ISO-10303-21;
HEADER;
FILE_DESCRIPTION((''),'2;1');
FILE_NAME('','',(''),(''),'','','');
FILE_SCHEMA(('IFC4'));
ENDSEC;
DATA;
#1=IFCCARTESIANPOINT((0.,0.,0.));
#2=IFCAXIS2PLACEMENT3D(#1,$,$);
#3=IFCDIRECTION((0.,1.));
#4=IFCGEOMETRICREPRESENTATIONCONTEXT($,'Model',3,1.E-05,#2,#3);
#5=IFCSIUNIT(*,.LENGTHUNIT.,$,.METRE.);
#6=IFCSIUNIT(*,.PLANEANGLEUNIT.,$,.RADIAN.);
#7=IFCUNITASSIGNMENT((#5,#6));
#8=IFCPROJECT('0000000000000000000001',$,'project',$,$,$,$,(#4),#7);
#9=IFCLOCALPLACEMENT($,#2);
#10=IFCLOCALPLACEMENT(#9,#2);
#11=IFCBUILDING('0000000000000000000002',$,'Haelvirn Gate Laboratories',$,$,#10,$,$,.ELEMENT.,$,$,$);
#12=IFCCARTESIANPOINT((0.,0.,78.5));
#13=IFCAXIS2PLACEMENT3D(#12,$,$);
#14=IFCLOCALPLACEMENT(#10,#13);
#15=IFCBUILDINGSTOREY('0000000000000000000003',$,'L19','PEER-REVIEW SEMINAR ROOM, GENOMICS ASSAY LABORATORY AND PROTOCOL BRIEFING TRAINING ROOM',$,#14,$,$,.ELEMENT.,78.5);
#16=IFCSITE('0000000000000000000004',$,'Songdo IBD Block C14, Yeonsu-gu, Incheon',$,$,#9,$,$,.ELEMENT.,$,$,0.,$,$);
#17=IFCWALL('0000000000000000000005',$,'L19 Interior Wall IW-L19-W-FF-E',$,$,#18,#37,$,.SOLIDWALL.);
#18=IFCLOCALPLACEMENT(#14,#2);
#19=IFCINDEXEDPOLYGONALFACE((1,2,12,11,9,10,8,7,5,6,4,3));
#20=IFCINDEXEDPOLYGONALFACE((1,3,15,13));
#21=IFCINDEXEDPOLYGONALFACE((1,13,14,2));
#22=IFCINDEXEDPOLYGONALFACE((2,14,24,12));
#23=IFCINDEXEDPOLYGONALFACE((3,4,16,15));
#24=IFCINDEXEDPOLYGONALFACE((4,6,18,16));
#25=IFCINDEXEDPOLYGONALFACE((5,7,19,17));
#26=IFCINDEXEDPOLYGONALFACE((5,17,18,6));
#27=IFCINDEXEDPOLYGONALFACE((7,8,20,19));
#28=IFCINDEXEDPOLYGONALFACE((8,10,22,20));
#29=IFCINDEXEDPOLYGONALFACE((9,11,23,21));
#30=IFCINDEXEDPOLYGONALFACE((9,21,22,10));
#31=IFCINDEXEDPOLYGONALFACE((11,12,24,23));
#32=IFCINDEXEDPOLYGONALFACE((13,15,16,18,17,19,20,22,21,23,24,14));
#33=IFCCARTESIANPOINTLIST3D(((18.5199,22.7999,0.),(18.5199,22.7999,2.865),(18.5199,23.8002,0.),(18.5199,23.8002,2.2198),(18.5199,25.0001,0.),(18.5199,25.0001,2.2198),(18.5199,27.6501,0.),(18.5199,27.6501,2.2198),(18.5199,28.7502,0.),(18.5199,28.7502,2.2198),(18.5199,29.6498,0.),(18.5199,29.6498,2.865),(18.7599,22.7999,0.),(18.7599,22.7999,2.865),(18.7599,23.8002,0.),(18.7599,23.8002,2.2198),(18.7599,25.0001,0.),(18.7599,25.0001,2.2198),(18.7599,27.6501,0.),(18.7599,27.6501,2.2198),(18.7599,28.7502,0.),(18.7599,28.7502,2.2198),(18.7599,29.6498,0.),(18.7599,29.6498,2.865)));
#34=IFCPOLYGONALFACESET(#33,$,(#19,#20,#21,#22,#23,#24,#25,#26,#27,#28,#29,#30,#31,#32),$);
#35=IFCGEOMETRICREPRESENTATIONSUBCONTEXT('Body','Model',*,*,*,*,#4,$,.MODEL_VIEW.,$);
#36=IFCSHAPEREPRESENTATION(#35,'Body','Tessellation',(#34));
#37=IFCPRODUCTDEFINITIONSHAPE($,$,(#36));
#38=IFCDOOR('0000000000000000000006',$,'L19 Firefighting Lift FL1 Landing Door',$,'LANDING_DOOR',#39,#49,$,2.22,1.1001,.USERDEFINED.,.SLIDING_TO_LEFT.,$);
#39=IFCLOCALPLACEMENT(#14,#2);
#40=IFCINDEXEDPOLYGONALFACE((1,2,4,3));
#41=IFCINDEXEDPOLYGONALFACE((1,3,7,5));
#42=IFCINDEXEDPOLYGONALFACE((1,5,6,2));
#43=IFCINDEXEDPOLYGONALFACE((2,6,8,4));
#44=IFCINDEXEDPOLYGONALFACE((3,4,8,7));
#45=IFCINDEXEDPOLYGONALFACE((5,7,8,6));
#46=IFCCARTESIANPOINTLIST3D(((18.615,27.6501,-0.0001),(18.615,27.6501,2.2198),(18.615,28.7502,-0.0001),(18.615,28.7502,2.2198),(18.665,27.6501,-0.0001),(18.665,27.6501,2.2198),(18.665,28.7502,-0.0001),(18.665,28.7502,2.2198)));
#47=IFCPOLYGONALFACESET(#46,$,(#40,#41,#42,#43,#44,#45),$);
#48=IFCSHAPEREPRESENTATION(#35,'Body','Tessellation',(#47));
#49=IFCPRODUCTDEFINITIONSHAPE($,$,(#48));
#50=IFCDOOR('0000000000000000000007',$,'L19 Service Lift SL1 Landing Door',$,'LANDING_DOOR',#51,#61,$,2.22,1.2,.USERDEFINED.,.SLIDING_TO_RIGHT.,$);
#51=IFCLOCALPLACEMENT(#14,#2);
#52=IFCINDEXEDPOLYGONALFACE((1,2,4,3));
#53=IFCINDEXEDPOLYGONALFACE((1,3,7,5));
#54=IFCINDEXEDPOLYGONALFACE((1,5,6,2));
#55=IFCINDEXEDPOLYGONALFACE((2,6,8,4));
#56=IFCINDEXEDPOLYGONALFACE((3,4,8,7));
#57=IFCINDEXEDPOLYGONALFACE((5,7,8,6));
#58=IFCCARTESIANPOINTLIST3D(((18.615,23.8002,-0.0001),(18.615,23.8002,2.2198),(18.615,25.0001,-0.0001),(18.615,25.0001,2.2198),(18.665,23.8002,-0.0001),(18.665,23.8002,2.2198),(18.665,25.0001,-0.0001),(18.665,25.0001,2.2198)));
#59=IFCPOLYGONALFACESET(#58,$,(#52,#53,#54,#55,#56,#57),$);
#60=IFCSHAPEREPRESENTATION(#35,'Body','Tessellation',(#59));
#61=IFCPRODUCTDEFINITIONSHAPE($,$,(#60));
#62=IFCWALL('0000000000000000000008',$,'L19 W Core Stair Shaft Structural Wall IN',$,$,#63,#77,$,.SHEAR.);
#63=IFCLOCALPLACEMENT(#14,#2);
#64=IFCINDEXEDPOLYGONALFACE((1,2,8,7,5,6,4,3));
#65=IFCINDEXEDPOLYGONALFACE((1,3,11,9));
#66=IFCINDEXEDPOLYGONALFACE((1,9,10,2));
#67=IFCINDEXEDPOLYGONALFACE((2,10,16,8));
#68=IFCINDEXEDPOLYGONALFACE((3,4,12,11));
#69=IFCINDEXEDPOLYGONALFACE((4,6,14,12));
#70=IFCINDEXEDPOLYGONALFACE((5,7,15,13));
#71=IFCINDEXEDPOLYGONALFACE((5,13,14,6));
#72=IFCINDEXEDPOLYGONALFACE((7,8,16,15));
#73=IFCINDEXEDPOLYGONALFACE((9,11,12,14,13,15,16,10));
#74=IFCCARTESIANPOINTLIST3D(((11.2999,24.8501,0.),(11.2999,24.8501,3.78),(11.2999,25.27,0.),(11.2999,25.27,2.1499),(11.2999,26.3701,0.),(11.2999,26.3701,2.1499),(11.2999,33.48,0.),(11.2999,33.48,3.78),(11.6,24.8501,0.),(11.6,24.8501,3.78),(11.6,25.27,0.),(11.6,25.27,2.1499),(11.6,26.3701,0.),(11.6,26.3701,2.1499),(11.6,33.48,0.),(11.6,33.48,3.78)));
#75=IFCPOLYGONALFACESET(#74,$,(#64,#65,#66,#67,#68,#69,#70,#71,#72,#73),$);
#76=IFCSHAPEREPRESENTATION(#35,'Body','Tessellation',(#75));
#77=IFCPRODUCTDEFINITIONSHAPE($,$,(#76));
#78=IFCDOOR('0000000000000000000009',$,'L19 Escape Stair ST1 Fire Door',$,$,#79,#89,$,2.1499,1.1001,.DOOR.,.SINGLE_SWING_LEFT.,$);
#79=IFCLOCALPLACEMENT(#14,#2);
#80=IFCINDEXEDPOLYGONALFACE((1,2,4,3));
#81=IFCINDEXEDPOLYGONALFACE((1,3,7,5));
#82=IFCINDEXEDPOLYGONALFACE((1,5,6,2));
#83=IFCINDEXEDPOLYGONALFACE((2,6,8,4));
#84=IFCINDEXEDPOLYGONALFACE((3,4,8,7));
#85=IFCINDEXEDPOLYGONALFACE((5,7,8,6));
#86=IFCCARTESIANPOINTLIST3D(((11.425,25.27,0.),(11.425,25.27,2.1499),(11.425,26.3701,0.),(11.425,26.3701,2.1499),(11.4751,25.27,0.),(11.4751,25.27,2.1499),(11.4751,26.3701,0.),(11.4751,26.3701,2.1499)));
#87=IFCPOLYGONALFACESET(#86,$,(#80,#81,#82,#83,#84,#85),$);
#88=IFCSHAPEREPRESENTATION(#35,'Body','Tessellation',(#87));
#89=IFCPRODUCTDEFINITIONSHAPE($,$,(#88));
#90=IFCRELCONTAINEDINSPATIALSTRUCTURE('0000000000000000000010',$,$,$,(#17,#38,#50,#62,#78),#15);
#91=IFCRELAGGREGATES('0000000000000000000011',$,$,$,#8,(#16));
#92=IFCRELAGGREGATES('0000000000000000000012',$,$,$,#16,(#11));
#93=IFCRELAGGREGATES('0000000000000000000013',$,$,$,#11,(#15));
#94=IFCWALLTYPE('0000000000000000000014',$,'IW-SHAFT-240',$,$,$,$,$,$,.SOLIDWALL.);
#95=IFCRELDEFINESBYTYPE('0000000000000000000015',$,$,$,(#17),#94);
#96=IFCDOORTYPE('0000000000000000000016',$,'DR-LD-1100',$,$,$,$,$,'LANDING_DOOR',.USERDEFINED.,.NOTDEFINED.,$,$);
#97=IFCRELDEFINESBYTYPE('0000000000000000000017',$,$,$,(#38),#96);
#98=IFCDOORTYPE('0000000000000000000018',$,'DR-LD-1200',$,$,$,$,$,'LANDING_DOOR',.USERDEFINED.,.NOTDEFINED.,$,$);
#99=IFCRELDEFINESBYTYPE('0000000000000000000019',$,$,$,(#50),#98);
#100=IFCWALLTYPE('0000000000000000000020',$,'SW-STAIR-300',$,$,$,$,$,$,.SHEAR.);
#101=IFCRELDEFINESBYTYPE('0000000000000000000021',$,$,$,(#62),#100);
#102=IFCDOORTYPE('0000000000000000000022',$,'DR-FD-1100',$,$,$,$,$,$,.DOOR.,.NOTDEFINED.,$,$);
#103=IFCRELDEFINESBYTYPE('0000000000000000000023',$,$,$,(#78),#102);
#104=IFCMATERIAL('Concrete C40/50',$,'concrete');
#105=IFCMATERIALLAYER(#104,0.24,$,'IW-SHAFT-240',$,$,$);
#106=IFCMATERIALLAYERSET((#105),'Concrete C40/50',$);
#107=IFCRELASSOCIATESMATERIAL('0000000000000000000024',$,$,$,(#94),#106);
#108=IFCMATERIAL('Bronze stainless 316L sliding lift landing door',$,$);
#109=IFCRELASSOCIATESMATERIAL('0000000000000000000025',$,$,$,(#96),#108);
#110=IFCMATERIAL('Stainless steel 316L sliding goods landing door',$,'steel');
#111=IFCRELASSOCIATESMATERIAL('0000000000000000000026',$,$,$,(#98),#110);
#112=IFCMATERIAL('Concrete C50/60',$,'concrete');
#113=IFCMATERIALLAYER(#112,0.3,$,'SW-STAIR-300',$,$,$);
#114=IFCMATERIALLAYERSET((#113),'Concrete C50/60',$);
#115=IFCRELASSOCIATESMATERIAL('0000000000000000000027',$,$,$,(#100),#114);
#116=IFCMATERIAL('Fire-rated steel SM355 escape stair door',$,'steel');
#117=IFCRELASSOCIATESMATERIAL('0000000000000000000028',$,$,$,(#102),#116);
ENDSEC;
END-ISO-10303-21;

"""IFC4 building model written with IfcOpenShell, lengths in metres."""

from ifc_helpers import new_model, si_unit, direction, frame, frame_2d, origin, place, context, subcontext, project, spatial, rectangle, extrude, source, transform, mapped, material, layer, layer_set, type_object, type_shapes, element, fill, save


model = new_model("IFC4")

# Units and contexts
model_context = context("Model", 3, precision=1e-05, world=origin(), true_north=direction((0.0, 1.0)))
body_context = subcontext(model_context, "Body", "Model", "MODEL_VIEW")
ifc_project = project(units=[si_unit("LENGTHUNIT", "METRE"), si_unit("PLANEANGLEUNIT", "RADIAN")], contexts=[model_context])

# Site, building, storey
site_placement = place(None, origin())
site = spatial("IfcSite", under=ifc_project, at=site_placement, Name="Songdo IBD Block C14, Yeonsu-gu, Incheon", CompositionType="ELEMENT", RefElevation=0.0)
building_placement = place(site_placement, origin())
building = spatial("IfcBuilding", under=site, at=building_placement, Name="Haelvirn Gate Laboratories", CompositionType="ELEMENT")
storey_placement = place(building_placement, frame((0.0, 0.0, 78.5)))
storey = spatial("IfcBuildingStorey", under=building, at=storey_placement, Name="L19", Description="PEER-REVIEW SEMINAR ROOM, GENOMICS ASSAY LABORATORY AND PROTOCOL BRIEFING TRAINING ROOM", CompositionType="ELEMENT", Elevation=78.5)

# Shared definitions
ifc_material_1 = material(Name="Concrete C40/50", Category="concrete")

# Shared definitions
ifc_layer_1 = layer(ifc_material_1, 0.24, Name="IW-SHAFT-240")
ifc_layer_set_1 = layer_set([ifc_layer_1], Name="Concrete C40/50")
wall_type_1 = type_object("IfcWallType", Name="IW-SHAFT-240", PredefinedType="SOLIDWALL", material=ifc_layer_set_1)

# Wall, openings, doors
wall_1_placement = place(storey_placement, frame((18.6399, 22.8, 0.0), z_axis=(0.0, 0.0, 1.0), x_axis=(0.0, 1.0, 0.0)))
wall_1 = element("IfcWall", 1, at=wall_1_placement, inside=storey, type_object=wall_type_1, Name="L19 Interior Wall IW-L19-W-FF-E", PredefinedType="SOLIDWALL", context=body_context, shape_type="SweptSolid", body=[
    extrude(rectangle(XDim=6.8499, YDim=0.24, at=frame_2d((3.4248, 0.0))), origin(), (0.0, 0.0, 1.0), 2.865),
])
opening_1_placement = place(wall_1_placement, frame((4.8501, 0.0, 0.0)))
opening_1 = element("IfcOpeningElement", 2, at=opening_1_placement, cuts=wall_1, PredefinedType="OPENING", context=body_context, shape_type="SweptSolid", body=[
    extrude(rectangle(XDim=1.1001, YDim=2.22, at=frame_2d((0.55, 1.1099))), frame((0.0, 0.1299, 0.0), z_axis=(0.0, -1.0, 0.0), x_axis=(1.0, 0.0, 0.0)), (0.0, 0.0, 1.0), 0.26),
])
opening_2_placement = place(wall_1_placement, frame((1.0, 0.0, 0.0)))
opening_2 = element("IfcOpeningElement", 3, at=opening_2_placement, cuts=wall_1, PredefinedType="OPENING", context=body_context, shape_type="SweptSolid", body=[
    extrude(rectangle(XDim=1.2, YDim=2.22, at=frame_2d((0.6001, 1.1099))), frame((0.0, 0.1299, 0.0), z_axis=(0.0, -1.0, 0.0), x_axis=(1.0, 0.0, 0.0)), (0.0, 0.0, 1.0), 0.26),
])
ifc_material_2 = material(Name="Bronze stainless 316L sliding lift landing door")
door_type_1 = type_object("IfcDoorType", Name="DR-LD-1100", ElementType="LANDING_DOOR", OperationType="NOTDEFINED", PredefinedType="USERDEFINED", material=ifc_material_2)
shared_shape_1 = source(origin(), body_context, "Body", "SweptSolid", [
    extrude(rectangle(XDim=1.1001, YDim=2.22, at=frame_2d((0.55, 1.1099))), frame((0.0, 0.0249, 0.0), z_axis=(0.0, -1.0, 0.0), x_axis=(1.0, 0.0, 0.0)), (0.0, 0.0, 1.0), 0.05),
])
type_shapes(door_type_1, [shared_shape_1])
door_1_placement = place(opening_1_placement, origin())
door_1 = element("IfcDoor", 4, at=door_1_placement, inside=storey, type_object=door_type_1, Name="L19 Firefighting Lift FL1 Landing Door", ObjectType="LANDING_DOOR", OperationType="SLIDING_TO_LEFT", OverallHeight=2.22, OverallWidth=1.1001, PredefinedType="USERDEFINED", context=body_context, shape_type="MappedRepresentation", body=[
    mapped(shared_shape_1, transform((0.0, 0.0, 0.0), scale=1.0)),
])
fill(opening_1, door_1)
ifc_material_3 = material(Name="Stainless steel 316L sliding goods landing door", Category="steel")
door_type_2 = type_object("IfcDoorType", Name="DR-LD-1200", ElementType="LANDING_DOOR", OperationType="NOTDEFINED", PredefinedType="USERDEFINED", material=ifc_material_3)
shared_shape_2 = source(origin(), body_context, "Body", "SweptSolid", [
    extrude(rectangle(XDim=1.2, YDim=2.22, at=frame_2d((0.6001, 1.1099))), frame((0.0, 0.0249, 0.0), z_axis=(0.0, -1.0, 0.0), x_axis=(1.0, 0.0, 0.0)), (0.0, 0.0, 1.0), 0.05),
])
type_shapes(door_type_2, [shared_shape_2])
door_2_placement = place(opening_2_placement, origin())
door_2 = element("IfcDoor", 5, at=door_2_placement, inside=storey, type_object=door_type_2, Name="L19 Service Lift SL1 Landing Door", ObjectType="LANDING_DOOR", OperationType="SLIDING_TO_RIGHT", OverallHeight=2.22, OverallWidth=1.2, PredefinedType="USERDEFINED", context=body_context, shape_type="MappedRepresentation", body=[
    mapped(shared_shape_2, transform((0.0, 0.0, 0.0), scale=1.0)),
])
fill(opening_2, door_2)

# Wall, opening, door
ifc_material_4 = material(Name="Concrete C50/60", Category="concrete")
ifc_layer_2 = layer(ifc_material_4, 0.3, Name="SW-STAIR-300")
ifc_layer_set_2 = layer_set([ifc_layer_2], Name="Concrete C50/60")
wall_type_2 = type_object("IfcWallType", Name="SW-STAIR-300", PredefinedType="SHEAR", material=ifc_layer_set_2)
wall_2_placement = place(storey_placement, frame((11.45, 24.8501, 0.0), z_axis=(0.0, 0.0, 1.0), x_axis=(0.0, 1.0, 0.0)))
wall_2 = element("IfcWall", 6, at=wall_2_placement, inside=storey, type_object=wall_type_2, Name="L19 W Core Stair Shaft Structural Wall IN", PredefinedType="SHEAR", context=body_context, shape_type="SweptSolid", body=[
    extrude(rectangle(XDim=8.6299, YDim=0.3, at=frame_2d((4.3149, 0.0))), origin(), (0.0, 0.0, 1.0), 3.78),
])
opening_3_placement = place(wall_2_placement, frame((0.4199, 0.0, 0.0)))
opening_3 = element("IfcOpeningElement", 7, at=opening_3_placement, cuts=wall_2, PredefinedType="OPENING", context=body_context, shape_type="SweptSolid", body=[
    extrude(rectangle(XDim=1.1001, YDim=2.1499, at=frame_2d((0.55, 1.075))), frame((0.0, 0.1602, 0.0), z_axis=(0.0, -1.0, 0.0), x_axis=(1.0, 0.0, 0.0)), (0.0, 0.0, 1.0), 0.3201),
])
ifc_material_5 = material(Name="Fire-rated steel SM355 escape stair door", Category="steel")
door_type_3 = type_object("IfcDoorType", Name="DR-FD-1100", OperationType="NOTDEFINED", PredefinedType="DOOR", material=ifc_material_5)
shared_shape_3 = source(origin(), body_context, "Body", "SweptSolid", [
    extrude(rectangle(XDim=1.1001, YDim=2.1499, at=frame_2d((0.55, 1.075))), frame((0.0, 0.0249, 0.0), z_axis=(0.0, -1.0, 0.0), x_axis=(1.0, 0.0, 0.0)), (0.0, 0.0, 1.0), 0.05),
])
type_shapes(door_type_3, [shared_shape_3])
door_3_placement = place(opening_3_placement, origin())
door_3 = element("IfcDoor", 8, at=door_3_placement, inside=storey, type_object=door_type_3, Name="L19 Escape Stair ST1 Fire Door", OperationType="SINGLE_SWING_LEFT", OverallHeight=2.1499, OverallWidth=1.1001, PredefinedType="DOOR", context=body_context, shape_type="MappedRepresentation", body=[
    mapped(shared_shape_3, transform((0.0, 0.0, 0.0), scale=1.0)),
])
fill(opening_3, door_3)

save(model, "model.ifc")
